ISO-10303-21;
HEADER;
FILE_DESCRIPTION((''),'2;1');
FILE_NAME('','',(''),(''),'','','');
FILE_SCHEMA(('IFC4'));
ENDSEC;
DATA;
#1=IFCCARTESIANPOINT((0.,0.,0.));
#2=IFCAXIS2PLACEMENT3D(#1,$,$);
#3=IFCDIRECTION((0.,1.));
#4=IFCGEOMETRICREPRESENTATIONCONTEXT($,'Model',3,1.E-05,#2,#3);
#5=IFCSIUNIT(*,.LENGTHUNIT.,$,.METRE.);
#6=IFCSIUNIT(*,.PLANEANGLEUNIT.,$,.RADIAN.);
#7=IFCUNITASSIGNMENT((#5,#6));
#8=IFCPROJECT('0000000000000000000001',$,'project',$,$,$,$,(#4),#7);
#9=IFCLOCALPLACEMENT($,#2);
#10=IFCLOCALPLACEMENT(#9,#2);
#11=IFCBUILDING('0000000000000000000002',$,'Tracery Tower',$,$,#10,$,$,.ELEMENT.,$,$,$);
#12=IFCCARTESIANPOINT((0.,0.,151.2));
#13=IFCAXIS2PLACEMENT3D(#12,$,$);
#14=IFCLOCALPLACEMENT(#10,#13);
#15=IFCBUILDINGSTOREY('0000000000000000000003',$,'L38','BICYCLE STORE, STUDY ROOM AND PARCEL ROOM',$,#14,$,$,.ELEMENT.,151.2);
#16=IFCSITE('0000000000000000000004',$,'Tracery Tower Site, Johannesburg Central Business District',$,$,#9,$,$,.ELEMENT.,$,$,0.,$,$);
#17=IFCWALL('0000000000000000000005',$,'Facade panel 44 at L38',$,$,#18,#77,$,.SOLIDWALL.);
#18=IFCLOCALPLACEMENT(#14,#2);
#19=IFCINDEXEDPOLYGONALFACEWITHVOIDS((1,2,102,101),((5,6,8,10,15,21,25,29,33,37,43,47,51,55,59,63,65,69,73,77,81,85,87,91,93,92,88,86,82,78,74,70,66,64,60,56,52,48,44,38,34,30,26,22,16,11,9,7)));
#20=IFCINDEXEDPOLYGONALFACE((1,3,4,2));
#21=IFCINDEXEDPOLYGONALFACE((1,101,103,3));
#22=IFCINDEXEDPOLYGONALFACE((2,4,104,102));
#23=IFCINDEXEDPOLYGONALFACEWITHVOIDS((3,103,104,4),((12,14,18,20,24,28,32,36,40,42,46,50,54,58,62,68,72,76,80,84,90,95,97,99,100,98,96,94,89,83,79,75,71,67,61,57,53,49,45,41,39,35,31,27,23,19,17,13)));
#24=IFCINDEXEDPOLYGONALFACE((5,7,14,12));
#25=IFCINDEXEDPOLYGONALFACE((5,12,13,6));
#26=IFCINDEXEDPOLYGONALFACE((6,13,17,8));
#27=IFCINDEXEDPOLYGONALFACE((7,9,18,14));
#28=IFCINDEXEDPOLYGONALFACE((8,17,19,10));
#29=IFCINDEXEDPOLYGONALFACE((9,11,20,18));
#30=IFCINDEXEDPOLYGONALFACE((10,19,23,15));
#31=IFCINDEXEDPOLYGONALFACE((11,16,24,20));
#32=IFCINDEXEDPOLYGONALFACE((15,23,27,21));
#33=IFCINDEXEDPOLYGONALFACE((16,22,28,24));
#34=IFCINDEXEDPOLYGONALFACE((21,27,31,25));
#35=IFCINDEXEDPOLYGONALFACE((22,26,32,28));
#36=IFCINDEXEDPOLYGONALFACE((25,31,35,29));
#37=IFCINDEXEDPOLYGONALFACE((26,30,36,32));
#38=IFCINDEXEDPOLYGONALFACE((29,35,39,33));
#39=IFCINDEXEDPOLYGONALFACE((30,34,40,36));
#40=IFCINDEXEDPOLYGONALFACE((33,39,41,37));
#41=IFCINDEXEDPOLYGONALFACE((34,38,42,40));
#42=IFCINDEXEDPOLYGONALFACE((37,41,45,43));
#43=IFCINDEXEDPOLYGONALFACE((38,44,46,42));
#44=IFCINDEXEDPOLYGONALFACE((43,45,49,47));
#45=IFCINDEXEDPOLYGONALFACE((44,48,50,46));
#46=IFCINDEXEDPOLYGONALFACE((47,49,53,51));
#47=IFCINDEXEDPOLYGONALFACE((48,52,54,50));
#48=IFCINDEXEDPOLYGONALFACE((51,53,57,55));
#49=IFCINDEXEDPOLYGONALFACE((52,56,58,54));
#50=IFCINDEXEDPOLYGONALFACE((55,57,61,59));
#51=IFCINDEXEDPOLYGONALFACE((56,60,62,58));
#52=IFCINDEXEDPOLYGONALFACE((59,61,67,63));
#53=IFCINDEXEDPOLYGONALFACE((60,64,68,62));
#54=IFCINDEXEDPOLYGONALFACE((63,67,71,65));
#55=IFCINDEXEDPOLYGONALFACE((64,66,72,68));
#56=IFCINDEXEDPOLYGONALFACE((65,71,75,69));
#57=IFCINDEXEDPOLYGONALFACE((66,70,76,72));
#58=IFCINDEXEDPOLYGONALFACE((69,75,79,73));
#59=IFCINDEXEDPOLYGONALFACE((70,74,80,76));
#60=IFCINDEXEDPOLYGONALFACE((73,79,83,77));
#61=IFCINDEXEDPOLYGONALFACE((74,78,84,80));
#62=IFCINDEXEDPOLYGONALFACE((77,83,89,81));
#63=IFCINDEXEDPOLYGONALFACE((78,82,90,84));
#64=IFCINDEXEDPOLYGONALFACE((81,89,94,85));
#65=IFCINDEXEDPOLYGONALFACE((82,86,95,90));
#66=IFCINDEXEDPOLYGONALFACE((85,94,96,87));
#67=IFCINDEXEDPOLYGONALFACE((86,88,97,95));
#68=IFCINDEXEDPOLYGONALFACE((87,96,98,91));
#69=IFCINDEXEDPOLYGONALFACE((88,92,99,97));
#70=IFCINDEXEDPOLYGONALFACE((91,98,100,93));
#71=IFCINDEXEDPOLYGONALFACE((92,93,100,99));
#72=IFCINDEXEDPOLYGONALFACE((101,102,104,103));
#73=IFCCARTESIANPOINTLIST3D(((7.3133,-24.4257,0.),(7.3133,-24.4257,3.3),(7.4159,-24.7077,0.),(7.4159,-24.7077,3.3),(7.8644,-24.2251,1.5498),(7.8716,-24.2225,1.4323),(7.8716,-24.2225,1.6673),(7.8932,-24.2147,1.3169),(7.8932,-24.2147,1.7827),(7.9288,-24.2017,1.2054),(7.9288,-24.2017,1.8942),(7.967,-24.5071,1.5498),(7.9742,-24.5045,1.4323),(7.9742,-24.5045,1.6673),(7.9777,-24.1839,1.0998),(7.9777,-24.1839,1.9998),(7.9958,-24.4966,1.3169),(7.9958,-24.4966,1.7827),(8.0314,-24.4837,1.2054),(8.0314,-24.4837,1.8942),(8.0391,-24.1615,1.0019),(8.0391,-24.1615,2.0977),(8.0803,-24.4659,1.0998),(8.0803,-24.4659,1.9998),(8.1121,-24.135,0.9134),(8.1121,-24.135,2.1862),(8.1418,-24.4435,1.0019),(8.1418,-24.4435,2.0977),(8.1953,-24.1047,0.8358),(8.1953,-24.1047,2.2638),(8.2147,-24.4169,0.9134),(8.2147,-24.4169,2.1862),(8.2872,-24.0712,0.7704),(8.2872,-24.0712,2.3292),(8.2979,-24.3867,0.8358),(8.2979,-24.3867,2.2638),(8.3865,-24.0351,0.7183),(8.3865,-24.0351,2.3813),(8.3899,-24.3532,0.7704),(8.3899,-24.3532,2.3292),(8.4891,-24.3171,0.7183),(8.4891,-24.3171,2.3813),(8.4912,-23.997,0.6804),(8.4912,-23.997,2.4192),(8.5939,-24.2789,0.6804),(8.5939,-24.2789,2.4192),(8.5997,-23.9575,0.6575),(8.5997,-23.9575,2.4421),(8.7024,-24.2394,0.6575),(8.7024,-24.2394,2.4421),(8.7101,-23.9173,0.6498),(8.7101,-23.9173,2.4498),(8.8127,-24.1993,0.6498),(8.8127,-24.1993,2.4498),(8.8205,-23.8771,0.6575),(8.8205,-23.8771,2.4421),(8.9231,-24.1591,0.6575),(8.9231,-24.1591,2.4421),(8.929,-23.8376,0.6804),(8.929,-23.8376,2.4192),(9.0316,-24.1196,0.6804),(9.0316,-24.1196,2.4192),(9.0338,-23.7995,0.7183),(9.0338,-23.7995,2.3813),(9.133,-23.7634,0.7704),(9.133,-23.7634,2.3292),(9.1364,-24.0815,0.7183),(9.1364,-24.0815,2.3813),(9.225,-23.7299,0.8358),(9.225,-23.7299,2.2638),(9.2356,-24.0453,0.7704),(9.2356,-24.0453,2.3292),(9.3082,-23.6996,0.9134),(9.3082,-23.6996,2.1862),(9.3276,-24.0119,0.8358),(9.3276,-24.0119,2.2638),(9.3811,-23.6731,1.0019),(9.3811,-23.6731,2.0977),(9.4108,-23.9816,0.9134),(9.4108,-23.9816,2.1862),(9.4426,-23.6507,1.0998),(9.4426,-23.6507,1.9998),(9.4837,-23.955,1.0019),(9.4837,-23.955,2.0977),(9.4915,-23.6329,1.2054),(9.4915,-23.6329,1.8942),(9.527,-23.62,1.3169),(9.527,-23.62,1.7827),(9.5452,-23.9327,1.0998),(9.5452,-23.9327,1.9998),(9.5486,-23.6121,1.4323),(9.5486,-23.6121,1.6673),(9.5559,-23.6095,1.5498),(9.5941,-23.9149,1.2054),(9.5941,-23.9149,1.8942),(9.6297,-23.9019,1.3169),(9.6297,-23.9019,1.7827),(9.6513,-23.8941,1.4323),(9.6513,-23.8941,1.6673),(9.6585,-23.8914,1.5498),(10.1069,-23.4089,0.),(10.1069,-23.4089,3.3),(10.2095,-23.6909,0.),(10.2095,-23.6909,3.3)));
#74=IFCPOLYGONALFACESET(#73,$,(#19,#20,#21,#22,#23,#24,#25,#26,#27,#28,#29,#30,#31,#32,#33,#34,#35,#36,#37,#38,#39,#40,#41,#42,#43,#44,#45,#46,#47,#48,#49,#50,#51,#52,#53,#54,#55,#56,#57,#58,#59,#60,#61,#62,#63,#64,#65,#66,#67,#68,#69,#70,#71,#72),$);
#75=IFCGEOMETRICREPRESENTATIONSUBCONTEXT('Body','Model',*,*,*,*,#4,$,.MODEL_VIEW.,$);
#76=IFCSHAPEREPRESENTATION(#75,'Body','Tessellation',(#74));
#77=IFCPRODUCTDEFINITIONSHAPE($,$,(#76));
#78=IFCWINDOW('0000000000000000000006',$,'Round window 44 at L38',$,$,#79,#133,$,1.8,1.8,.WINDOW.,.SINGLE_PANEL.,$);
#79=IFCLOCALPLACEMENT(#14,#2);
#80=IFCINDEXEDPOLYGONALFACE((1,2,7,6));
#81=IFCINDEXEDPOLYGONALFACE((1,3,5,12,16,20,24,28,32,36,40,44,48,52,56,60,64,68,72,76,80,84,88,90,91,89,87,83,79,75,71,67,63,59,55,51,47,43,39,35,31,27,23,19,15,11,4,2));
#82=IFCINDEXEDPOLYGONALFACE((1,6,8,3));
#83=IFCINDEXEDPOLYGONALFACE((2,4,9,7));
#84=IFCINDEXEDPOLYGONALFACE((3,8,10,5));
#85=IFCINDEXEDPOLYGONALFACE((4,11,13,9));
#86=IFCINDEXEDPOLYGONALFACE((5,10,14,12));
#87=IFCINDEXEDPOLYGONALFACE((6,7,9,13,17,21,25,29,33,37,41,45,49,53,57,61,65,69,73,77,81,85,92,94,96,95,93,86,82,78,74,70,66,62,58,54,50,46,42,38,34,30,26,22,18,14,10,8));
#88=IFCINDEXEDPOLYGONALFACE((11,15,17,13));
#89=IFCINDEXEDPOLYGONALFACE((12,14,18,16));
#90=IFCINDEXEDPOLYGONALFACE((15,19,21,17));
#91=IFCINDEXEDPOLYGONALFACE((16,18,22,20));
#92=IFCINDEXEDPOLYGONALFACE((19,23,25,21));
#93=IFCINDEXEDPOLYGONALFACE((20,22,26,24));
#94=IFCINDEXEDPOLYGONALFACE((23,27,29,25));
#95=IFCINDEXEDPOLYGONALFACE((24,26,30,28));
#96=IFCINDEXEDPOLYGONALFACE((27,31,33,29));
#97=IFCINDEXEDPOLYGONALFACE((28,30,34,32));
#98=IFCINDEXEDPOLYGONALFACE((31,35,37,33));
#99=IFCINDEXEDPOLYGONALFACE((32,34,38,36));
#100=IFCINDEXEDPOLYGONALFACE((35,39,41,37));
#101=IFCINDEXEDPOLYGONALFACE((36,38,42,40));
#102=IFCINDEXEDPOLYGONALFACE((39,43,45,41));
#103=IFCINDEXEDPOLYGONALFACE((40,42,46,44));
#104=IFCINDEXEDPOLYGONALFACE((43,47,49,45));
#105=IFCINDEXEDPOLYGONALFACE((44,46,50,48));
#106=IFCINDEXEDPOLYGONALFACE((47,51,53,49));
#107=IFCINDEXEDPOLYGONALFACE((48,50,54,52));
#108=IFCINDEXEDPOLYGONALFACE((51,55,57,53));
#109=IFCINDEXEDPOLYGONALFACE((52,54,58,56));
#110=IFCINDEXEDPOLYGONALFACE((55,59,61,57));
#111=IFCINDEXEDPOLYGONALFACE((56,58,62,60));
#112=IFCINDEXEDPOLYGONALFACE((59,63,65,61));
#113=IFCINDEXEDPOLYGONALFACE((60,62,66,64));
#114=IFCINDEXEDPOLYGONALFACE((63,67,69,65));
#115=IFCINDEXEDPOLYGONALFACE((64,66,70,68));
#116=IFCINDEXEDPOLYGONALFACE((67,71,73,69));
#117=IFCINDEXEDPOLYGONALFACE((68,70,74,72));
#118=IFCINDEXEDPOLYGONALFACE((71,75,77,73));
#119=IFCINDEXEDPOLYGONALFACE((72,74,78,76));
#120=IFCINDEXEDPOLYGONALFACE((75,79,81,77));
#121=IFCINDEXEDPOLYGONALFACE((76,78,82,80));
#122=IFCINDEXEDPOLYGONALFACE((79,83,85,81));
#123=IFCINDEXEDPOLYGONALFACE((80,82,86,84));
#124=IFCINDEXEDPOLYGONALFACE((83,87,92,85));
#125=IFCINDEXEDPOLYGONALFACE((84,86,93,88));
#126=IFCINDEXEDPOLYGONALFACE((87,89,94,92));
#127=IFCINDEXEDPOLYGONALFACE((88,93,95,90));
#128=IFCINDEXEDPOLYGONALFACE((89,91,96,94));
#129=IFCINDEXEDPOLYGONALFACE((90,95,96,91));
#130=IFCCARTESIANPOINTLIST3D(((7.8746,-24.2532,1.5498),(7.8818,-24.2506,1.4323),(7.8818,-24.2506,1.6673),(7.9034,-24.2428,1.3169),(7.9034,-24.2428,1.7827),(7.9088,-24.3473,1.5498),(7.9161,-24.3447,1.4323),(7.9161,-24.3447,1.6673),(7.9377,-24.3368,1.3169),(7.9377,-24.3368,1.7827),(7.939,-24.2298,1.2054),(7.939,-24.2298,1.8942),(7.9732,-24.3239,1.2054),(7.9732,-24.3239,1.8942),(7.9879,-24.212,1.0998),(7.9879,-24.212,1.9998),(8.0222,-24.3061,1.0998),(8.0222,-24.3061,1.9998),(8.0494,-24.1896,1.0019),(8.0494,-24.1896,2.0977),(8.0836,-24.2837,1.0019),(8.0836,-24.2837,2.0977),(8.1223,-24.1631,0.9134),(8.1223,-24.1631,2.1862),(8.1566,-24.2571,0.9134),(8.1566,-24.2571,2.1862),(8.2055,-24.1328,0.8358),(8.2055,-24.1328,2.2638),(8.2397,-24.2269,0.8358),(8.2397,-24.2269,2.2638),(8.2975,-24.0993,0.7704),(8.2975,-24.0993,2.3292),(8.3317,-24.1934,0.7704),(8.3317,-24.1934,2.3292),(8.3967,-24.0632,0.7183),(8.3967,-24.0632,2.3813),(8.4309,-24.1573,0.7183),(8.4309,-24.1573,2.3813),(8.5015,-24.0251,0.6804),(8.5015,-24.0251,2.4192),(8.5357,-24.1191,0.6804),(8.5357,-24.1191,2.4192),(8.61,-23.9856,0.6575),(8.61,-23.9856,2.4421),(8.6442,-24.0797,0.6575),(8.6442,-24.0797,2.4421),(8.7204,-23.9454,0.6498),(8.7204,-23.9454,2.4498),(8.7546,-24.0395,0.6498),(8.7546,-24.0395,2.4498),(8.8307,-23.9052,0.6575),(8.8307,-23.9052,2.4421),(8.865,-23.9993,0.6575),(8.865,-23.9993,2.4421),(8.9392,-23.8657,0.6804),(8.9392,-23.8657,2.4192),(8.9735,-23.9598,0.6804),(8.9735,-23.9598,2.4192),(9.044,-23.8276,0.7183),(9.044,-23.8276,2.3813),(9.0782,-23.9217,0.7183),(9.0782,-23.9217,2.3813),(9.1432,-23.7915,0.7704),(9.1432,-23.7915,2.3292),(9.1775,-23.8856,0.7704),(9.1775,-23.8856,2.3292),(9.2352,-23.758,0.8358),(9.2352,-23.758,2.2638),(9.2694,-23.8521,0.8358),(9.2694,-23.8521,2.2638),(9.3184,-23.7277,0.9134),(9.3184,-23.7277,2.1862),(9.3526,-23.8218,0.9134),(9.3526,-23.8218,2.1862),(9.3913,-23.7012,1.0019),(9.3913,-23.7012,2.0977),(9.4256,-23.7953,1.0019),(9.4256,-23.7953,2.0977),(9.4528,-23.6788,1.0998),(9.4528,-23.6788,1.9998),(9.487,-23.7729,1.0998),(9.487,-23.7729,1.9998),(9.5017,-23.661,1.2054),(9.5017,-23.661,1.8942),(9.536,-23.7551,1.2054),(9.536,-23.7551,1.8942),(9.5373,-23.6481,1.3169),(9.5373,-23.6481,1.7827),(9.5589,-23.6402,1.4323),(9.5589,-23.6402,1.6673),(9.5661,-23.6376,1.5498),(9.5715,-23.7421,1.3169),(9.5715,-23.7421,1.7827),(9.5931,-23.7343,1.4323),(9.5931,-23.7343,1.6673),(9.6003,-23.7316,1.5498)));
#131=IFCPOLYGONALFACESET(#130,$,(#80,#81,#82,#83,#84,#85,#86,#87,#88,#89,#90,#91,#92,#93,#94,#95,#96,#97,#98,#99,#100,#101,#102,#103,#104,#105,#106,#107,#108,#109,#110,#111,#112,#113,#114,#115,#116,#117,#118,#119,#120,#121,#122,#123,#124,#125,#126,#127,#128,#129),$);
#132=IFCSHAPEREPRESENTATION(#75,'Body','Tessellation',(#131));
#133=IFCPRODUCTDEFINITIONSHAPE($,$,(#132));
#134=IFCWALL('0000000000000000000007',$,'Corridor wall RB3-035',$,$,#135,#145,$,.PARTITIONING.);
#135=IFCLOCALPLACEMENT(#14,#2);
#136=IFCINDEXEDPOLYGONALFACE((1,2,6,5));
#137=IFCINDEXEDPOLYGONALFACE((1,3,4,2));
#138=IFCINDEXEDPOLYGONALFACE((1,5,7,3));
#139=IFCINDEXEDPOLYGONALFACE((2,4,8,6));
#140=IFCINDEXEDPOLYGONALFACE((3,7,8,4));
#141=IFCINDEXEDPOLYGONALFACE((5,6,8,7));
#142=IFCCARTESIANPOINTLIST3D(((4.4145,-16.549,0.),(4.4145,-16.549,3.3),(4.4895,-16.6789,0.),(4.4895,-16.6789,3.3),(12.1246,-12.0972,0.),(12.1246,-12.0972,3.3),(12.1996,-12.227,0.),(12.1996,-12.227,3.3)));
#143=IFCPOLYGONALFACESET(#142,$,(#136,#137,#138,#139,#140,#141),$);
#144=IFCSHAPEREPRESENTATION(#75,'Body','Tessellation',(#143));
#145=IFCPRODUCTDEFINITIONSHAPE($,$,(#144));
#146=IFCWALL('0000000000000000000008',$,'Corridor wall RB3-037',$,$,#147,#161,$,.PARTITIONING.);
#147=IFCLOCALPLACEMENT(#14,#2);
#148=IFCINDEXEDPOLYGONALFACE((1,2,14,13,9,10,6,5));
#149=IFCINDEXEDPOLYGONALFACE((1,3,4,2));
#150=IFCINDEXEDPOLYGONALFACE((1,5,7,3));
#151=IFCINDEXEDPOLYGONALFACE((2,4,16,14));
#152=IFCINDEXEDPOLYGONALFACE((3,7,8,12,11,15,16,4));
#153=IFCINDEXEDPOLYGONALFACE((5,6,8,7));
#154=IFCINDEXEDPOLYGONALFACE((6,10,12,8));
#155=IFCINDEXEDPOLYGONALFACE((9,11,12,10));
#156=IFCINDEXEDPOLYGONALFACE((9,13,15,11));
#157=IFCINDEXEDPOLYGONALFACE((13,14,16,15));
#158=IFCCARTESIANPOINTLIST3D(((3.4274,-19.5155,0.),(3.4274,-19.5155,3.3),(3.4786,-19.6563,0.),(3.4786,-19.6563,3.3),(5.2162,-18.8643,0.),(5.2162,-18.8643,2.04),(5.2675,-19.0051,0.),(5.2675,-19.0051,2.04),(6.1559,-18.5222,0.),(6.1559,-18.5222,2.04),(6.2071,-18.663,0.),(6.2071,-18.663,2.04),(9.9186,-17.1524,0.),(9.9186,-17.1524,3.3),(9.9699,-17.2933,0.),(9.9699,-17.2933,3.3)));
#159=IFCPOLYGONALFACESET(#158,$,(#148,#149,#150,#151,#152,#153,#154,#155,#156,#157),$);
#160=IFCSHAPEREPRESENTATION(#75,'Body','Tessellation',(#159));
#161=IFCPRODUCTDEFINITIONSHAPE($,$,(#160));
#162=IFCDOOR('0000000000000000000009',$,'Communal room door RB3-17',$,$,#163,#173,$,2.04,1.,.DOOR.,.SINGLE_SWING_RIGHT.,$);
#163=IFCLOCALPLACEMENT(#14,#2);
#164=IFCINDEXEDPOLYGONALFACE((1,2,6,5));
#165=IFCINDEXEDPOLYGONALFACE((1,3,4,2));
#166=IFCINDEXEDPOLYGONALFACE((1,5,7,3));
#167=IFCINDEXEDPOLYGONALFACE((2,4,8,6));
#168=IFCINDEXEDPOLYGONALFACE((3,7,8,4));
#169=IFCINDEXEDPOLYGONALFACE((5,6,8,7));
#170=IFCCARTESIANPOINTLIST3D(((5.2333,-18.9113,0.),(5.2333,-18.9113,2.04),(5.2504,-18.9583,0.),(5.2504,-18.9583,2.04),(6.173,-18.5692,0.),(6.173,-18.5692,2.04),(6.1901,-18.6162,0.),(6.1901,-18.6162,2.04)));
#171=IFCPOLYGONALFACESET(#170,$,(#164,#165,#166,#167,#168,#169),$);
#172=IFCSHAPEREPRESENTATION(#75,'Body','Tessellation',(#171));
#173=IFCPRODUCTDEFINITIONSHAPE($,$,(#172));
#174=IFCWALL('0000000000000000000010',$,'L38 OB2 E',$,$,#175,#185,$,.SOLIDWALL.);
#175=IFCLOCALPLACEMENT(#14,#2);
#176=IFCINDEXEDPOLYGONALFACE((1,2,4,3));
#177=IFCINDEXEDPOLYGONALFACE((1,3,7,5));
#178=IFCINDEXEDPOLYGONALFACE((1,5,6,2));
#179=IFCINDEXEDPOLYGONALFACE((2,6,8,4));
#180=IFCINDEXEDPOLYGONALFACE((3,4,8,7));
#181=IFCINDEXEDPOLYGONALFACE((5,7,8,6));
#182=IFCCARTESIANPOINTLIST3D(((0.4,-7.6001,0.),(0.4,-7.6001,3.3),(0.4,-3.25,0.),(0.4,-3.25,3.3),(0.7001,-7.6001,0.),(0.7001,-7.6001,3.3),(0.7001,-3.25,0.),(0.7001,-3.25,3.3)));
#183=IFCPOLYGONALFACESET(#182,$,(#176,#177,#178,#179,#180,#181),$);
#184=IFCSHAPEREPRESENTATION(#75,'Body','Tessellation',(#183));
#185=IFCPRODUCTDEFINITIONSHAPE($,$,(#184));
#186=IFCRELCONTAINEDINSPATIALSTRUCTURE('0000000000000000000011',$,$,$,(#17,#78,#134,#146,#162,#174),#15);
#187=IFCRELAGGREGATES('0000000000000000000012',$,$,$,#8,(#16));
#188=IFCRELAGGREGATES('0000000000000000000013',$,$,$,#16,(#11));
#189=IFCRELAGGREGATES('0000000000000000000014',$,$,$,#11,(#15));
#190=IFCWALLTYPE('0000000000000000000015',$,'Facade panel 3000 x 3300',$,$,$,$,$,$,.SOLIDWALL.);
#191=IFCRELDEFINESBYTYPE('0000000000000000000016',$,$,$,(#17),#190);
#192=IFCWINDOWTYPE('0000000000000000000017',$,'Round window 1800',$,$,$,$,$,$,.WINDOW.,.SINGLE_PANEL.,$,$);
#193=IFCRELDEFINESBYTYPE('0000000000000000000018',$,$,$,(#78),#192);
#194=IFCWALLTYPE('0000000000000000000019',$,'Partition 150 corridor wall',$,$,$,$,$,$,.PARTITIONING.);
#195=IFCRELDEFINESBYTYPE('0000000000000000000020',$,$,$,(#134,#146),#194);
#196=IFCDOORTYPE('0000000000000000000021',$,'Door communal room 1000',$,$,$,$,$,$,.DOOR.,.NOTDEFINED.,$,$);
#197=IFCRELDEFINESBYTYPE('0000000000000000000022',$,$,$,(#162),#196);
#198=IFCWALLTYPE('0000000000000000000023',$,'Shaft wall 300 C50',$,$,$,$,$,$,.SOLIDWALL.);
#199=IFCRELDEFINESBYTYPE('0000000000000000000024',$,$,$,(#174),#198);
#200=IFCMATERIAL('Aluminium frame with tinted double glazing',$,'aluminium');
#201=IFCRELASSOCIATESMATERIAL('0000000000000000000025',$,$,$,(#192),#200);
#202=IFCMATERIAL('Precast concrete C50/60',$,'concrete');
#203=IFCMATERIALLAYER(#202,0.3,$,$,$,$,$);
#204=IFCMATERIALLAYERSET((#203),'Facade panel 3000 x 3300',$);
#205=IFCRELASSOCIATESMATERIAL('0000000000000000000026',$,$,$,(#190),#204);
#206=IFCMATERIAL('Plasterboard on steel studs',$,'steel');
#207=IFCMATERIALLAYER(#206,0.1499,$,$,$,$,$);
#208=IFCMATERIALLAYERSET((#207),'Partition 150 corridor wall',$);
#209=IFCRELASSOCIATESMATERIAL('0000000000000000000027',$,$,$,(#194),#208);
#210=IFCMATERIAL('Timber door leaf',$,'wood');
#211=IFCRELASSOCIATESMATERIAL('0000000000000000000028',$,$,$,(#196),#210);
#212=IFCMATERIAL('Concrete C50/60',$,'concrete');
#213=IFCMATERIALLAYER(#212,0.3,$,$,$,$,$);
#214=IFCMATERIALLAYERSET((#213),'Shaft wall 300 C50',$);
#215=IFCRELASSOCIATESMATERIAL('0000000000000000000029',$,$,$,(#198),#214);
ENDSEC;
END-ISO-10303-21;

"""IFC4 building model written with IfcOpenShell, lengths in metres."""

from ifc_helpers import new_model, si_unit, direction, frame, frame_2d, origin, origin_2d, place, context, subcontext, project, spatial, rectangle, circle, extrude, material, layer, layer_set, type_object, element, fill, save


model = new_model("IFC4")

# Units and contexts
model_context = context("Model", 3, precision=1e-05, world=origin(), true_north=direction((0.0, 1.0)))
body_context = subcontext(model_context, "Body", "Model", "MODEL_VIEW")
ifc_project = project(units=[si_unit("LENGTHUNIT", "METRE"), si_unit("PLANEANGLEUNIT", "RADIAN")], contexts=[model_context])

# Site, building, storey
site_placement = place(None, origin())
site = spatial("IfcSite", under=ifc_project, at=site_placement, Name="Tracery Tower Site, Johannesburg Central Business District", CompositionType="ELEMENT", RefElevation=0.0)
building_placement = place(site_placement, origin())
building = spatial("IfcBuilding", under=site, at=building_placement, Name="Tracery Tower", CompositionType="ELEMENT")
storey_placement = place(building_placement, frame((0.0, 0.0, 151.2)))
storey = spatial("IfcBuildingStorey", under=building, at=storey_placement, Name="L38", Description="BICYCLE STORE, STUDY ROOM AND PARCEL ROOM", CompositionType="ELEMENT", Elevation=151.2)

# Wall, opening, window
ifc_material_1 = material(Name="Aluminium frame with tinted double glazing", Category="aluminium")
window_type = type_object("IfcWindowType", Name="Round window 1800", PartitioningType="SINGLE_PANEL", PredefinedType="WINDOW", material=ifc_material_1)
ifc_material_2 = material(Name="Precast concrete C50/60", Category="concrete")
ifc_layer_1 = layer(ifc_material_2, 0.3)
ifc_layer_set_1 = layer_set([ifc_layer_1], Name="Facade panel 3000 x 3300")
wall_type_1 = type_object("IfcWallType", Name="Facade panel 3000 x 3300", PredefinedType="SOLIDWALL", material=ifc_layer_set_1)
wall_1_placement = place(storey_placement, frame((7.3647, -24.5667, 0.0), z_axis=(0.0, 0.0, 1.0), x_axis=(0.93969, 0.342027, 0.0)))
wall_1 = element("IfcWall", 1, at=wall_1_placement, inside=storey, type_object=wall_type_1, Name="Facade panel 44 at L38", PredefinedType="SOLIDWALL", context=body_context, shape_type="SweptSolid", body=[
    extrude(rectangle(XDim=2.9729, YDim=0.3, at=frame_2d((1.4863, 0.0))), origin(), (0.0, 0.0, 1.0), 3.3),
])
opening_1_placement = place(wall_1_placement, frame((1.4863, 0.0, 1.5498)))
opening_1 = element("IfcOpeningElement", 2, at=opening_1_placement, cuts=wall_1, PredefinedType="OPENING", context=body_context, shape_type="SweptSolid", body=[
    extrude(circle(Radius=0.9, at=origin_2d()), frame((0.0, 0.1599, 0.0), z_axis=(0.0, -1.0, 0.0), x_axis=(1.0, 0.0, 0.0)), (0.0, 0.0, 1.0), 0.3201),
])
window_1_placement = place(opening_1_placement, origin())
window_1 = element("IfcWindow", 3, at=window_1_placement, inside=storey, type_object=window_type, Name="Round window 44 at L38", OverallHeight=1.8, OverallWidth=1.8, PartitioningType="SINGLE_PANEL", PredefinedType="WINDOW", context=body_context, shape_type="SweptSolid", body=[
    extrude(circle(Radius=0.9, at=origin_2d()), frame((0.0, 0.1201, 0.0), z_axis=(0.0, -1.0, 0.0), x_axis=(1.0, 0.0, 0.0)), (0.0, 0.0, 1.0), 0.1001),
])
fill(opening_1, window_1)

# Wall
ifc_material_3 = material(Name="Plasterboard on steel studs", Category="steel")
ifc_layer_2 = layer(ifc_material_3, 0.1499)
ifc_layer_set_2 = layer_set([ifc_layer_2], Name="Partition 150 corridor wall")
wall_type_2 = type_object("IfcWallType", Name="Partition 150 corridor wall", PredefinedType="PARTITIONING", material=ifc_layer_set_2)
wall_2_placement = place(storey_placement, frame((4.4519, -16.614, 0.0), z_axis=(0.0, 0.0, 1.0), x_axis=(0.866005, 0.500035, 0.0)))
element("IfcWall", 4, at=wall_2_placement, inside=storey, type_object=wall_type_2, Name="Corridor wall RB3-035", PredefinedType="PARTITIONING", context=body_context, shape_type="SweptSolid", body=[
    extrude(rectangle(XDim=8.9031, YDim=0.1499, at=frame_2d((4.4517, 0.0))), origin(), (0.0, 0.0, 1.0), 3.3),
])

# Wall, opening, door
wall_3_placement = place(storey_placement, frame((3.4529, -19.5859, 0.0), z_axis=(0.0, 0.0, 1.0), x_axis=(0.939673, 0.342075, 0.0)))
wall_3 = element("IfcWall", 5, at=wall_3_placement, inside=storey, type_object=wall_type_2, Name="Corridor wall RB3-037", PredefinedType="PARTITIONING", context=body_context, shape_type="SweptSolid", body=[
    extrude(rectangle(XDim=6.908, YDim=0.1499, at=frame_2d((3.4541, 0.0))), origin(), (0.0, 0.0, 1.0), 3.3),
])
opening_2_placement = place(wall_3_placement, frame((1.9038, 0.0, 0.0)))
opening_2 = element("IfcOpeningElement", 6, at=opening_2_placement, cuts=wall_3, PredefinedType="OPENING", context=body_context, shape_type="SweptSolid", body=[
    extrude(rectangle(XDim=1.0, YDim=2.04, at=frame_2d((0.5, 1.02))), frame((0.0, 0.075, 0.0), z_axis=(0.0, -1.0, 0.0), x_axis=(1.0, 0.0, 0.0)), (0.0, 0.0, 1.0), 0.1499),
])
ifc_material_4 = material(Name="Timber door leaf", Category="wood")
door_type = type_object("IfcDoorType", Name="Door communal room 1000", OperationType="NOTDEFINED", PredefinedType="DOOR", material=ifc_material_4)
door_placement = place(opening_2_placement, origin())
door = element("IfcDoor", 7, at=door_placement, inside=storey, type_object=door_type, Name="Communal room door RB3-17", OperationType="SINGLE_SWING_RIGHT", OverallHeight=2.04, OverallWidth=1.0, PredefinedType="DOOR", context=body_context, shape_type="SweptSolid", body=[
    extrude(rectangle(XDim=1.0, YDim=2.04, at=frame_2d((0.5, 1.02))), frame((0.0, 0.0249, 0.0), z_axis=(0.0, -1.0, 0.0), x_axis=(1.0, 0.0, 0.0)), (0.0, 0.0, 1.0), 0.05),
])
fill(opening_2, door)

# Wall
ifc_material_5 = material(Name="Concrete C50/60", Category="concrete")
ifc_layer_3 = layer(ifc_material_5, 0.3)
ifc_layer_set_3 = layer_set([ifc_layer_3], Name="Shaft wall 300 C50")
wall_type_3 = type_object("IfcWallType", Name="Shaft wall 300 C50", PredefinedType="SOLIDWALL", material=ifc_layer_set_3)
wall_4_placement = place(storey_placement, frame((0.55, -7.6001, 0.0), z_axis=(0.0, 0.0, 1.0), x_axis=(0.0, 1.0, 0.0)))
element("IfcWall", 8, at=wall_4_placement, inside=storey, type_object=wall_type_3, Name="L38 OB2 E", PredefinedType="SOLIDWALL", context=body_context, shape_type="SweptSolid", body=[
    extrude(rectangle(XDim=4.3501, YDim=0.3, at=frame_2d((2.175, 0.0))), origin(), (0.0, 0.0, 1.0), 3.3),
])

save(model, "model.ifc")
